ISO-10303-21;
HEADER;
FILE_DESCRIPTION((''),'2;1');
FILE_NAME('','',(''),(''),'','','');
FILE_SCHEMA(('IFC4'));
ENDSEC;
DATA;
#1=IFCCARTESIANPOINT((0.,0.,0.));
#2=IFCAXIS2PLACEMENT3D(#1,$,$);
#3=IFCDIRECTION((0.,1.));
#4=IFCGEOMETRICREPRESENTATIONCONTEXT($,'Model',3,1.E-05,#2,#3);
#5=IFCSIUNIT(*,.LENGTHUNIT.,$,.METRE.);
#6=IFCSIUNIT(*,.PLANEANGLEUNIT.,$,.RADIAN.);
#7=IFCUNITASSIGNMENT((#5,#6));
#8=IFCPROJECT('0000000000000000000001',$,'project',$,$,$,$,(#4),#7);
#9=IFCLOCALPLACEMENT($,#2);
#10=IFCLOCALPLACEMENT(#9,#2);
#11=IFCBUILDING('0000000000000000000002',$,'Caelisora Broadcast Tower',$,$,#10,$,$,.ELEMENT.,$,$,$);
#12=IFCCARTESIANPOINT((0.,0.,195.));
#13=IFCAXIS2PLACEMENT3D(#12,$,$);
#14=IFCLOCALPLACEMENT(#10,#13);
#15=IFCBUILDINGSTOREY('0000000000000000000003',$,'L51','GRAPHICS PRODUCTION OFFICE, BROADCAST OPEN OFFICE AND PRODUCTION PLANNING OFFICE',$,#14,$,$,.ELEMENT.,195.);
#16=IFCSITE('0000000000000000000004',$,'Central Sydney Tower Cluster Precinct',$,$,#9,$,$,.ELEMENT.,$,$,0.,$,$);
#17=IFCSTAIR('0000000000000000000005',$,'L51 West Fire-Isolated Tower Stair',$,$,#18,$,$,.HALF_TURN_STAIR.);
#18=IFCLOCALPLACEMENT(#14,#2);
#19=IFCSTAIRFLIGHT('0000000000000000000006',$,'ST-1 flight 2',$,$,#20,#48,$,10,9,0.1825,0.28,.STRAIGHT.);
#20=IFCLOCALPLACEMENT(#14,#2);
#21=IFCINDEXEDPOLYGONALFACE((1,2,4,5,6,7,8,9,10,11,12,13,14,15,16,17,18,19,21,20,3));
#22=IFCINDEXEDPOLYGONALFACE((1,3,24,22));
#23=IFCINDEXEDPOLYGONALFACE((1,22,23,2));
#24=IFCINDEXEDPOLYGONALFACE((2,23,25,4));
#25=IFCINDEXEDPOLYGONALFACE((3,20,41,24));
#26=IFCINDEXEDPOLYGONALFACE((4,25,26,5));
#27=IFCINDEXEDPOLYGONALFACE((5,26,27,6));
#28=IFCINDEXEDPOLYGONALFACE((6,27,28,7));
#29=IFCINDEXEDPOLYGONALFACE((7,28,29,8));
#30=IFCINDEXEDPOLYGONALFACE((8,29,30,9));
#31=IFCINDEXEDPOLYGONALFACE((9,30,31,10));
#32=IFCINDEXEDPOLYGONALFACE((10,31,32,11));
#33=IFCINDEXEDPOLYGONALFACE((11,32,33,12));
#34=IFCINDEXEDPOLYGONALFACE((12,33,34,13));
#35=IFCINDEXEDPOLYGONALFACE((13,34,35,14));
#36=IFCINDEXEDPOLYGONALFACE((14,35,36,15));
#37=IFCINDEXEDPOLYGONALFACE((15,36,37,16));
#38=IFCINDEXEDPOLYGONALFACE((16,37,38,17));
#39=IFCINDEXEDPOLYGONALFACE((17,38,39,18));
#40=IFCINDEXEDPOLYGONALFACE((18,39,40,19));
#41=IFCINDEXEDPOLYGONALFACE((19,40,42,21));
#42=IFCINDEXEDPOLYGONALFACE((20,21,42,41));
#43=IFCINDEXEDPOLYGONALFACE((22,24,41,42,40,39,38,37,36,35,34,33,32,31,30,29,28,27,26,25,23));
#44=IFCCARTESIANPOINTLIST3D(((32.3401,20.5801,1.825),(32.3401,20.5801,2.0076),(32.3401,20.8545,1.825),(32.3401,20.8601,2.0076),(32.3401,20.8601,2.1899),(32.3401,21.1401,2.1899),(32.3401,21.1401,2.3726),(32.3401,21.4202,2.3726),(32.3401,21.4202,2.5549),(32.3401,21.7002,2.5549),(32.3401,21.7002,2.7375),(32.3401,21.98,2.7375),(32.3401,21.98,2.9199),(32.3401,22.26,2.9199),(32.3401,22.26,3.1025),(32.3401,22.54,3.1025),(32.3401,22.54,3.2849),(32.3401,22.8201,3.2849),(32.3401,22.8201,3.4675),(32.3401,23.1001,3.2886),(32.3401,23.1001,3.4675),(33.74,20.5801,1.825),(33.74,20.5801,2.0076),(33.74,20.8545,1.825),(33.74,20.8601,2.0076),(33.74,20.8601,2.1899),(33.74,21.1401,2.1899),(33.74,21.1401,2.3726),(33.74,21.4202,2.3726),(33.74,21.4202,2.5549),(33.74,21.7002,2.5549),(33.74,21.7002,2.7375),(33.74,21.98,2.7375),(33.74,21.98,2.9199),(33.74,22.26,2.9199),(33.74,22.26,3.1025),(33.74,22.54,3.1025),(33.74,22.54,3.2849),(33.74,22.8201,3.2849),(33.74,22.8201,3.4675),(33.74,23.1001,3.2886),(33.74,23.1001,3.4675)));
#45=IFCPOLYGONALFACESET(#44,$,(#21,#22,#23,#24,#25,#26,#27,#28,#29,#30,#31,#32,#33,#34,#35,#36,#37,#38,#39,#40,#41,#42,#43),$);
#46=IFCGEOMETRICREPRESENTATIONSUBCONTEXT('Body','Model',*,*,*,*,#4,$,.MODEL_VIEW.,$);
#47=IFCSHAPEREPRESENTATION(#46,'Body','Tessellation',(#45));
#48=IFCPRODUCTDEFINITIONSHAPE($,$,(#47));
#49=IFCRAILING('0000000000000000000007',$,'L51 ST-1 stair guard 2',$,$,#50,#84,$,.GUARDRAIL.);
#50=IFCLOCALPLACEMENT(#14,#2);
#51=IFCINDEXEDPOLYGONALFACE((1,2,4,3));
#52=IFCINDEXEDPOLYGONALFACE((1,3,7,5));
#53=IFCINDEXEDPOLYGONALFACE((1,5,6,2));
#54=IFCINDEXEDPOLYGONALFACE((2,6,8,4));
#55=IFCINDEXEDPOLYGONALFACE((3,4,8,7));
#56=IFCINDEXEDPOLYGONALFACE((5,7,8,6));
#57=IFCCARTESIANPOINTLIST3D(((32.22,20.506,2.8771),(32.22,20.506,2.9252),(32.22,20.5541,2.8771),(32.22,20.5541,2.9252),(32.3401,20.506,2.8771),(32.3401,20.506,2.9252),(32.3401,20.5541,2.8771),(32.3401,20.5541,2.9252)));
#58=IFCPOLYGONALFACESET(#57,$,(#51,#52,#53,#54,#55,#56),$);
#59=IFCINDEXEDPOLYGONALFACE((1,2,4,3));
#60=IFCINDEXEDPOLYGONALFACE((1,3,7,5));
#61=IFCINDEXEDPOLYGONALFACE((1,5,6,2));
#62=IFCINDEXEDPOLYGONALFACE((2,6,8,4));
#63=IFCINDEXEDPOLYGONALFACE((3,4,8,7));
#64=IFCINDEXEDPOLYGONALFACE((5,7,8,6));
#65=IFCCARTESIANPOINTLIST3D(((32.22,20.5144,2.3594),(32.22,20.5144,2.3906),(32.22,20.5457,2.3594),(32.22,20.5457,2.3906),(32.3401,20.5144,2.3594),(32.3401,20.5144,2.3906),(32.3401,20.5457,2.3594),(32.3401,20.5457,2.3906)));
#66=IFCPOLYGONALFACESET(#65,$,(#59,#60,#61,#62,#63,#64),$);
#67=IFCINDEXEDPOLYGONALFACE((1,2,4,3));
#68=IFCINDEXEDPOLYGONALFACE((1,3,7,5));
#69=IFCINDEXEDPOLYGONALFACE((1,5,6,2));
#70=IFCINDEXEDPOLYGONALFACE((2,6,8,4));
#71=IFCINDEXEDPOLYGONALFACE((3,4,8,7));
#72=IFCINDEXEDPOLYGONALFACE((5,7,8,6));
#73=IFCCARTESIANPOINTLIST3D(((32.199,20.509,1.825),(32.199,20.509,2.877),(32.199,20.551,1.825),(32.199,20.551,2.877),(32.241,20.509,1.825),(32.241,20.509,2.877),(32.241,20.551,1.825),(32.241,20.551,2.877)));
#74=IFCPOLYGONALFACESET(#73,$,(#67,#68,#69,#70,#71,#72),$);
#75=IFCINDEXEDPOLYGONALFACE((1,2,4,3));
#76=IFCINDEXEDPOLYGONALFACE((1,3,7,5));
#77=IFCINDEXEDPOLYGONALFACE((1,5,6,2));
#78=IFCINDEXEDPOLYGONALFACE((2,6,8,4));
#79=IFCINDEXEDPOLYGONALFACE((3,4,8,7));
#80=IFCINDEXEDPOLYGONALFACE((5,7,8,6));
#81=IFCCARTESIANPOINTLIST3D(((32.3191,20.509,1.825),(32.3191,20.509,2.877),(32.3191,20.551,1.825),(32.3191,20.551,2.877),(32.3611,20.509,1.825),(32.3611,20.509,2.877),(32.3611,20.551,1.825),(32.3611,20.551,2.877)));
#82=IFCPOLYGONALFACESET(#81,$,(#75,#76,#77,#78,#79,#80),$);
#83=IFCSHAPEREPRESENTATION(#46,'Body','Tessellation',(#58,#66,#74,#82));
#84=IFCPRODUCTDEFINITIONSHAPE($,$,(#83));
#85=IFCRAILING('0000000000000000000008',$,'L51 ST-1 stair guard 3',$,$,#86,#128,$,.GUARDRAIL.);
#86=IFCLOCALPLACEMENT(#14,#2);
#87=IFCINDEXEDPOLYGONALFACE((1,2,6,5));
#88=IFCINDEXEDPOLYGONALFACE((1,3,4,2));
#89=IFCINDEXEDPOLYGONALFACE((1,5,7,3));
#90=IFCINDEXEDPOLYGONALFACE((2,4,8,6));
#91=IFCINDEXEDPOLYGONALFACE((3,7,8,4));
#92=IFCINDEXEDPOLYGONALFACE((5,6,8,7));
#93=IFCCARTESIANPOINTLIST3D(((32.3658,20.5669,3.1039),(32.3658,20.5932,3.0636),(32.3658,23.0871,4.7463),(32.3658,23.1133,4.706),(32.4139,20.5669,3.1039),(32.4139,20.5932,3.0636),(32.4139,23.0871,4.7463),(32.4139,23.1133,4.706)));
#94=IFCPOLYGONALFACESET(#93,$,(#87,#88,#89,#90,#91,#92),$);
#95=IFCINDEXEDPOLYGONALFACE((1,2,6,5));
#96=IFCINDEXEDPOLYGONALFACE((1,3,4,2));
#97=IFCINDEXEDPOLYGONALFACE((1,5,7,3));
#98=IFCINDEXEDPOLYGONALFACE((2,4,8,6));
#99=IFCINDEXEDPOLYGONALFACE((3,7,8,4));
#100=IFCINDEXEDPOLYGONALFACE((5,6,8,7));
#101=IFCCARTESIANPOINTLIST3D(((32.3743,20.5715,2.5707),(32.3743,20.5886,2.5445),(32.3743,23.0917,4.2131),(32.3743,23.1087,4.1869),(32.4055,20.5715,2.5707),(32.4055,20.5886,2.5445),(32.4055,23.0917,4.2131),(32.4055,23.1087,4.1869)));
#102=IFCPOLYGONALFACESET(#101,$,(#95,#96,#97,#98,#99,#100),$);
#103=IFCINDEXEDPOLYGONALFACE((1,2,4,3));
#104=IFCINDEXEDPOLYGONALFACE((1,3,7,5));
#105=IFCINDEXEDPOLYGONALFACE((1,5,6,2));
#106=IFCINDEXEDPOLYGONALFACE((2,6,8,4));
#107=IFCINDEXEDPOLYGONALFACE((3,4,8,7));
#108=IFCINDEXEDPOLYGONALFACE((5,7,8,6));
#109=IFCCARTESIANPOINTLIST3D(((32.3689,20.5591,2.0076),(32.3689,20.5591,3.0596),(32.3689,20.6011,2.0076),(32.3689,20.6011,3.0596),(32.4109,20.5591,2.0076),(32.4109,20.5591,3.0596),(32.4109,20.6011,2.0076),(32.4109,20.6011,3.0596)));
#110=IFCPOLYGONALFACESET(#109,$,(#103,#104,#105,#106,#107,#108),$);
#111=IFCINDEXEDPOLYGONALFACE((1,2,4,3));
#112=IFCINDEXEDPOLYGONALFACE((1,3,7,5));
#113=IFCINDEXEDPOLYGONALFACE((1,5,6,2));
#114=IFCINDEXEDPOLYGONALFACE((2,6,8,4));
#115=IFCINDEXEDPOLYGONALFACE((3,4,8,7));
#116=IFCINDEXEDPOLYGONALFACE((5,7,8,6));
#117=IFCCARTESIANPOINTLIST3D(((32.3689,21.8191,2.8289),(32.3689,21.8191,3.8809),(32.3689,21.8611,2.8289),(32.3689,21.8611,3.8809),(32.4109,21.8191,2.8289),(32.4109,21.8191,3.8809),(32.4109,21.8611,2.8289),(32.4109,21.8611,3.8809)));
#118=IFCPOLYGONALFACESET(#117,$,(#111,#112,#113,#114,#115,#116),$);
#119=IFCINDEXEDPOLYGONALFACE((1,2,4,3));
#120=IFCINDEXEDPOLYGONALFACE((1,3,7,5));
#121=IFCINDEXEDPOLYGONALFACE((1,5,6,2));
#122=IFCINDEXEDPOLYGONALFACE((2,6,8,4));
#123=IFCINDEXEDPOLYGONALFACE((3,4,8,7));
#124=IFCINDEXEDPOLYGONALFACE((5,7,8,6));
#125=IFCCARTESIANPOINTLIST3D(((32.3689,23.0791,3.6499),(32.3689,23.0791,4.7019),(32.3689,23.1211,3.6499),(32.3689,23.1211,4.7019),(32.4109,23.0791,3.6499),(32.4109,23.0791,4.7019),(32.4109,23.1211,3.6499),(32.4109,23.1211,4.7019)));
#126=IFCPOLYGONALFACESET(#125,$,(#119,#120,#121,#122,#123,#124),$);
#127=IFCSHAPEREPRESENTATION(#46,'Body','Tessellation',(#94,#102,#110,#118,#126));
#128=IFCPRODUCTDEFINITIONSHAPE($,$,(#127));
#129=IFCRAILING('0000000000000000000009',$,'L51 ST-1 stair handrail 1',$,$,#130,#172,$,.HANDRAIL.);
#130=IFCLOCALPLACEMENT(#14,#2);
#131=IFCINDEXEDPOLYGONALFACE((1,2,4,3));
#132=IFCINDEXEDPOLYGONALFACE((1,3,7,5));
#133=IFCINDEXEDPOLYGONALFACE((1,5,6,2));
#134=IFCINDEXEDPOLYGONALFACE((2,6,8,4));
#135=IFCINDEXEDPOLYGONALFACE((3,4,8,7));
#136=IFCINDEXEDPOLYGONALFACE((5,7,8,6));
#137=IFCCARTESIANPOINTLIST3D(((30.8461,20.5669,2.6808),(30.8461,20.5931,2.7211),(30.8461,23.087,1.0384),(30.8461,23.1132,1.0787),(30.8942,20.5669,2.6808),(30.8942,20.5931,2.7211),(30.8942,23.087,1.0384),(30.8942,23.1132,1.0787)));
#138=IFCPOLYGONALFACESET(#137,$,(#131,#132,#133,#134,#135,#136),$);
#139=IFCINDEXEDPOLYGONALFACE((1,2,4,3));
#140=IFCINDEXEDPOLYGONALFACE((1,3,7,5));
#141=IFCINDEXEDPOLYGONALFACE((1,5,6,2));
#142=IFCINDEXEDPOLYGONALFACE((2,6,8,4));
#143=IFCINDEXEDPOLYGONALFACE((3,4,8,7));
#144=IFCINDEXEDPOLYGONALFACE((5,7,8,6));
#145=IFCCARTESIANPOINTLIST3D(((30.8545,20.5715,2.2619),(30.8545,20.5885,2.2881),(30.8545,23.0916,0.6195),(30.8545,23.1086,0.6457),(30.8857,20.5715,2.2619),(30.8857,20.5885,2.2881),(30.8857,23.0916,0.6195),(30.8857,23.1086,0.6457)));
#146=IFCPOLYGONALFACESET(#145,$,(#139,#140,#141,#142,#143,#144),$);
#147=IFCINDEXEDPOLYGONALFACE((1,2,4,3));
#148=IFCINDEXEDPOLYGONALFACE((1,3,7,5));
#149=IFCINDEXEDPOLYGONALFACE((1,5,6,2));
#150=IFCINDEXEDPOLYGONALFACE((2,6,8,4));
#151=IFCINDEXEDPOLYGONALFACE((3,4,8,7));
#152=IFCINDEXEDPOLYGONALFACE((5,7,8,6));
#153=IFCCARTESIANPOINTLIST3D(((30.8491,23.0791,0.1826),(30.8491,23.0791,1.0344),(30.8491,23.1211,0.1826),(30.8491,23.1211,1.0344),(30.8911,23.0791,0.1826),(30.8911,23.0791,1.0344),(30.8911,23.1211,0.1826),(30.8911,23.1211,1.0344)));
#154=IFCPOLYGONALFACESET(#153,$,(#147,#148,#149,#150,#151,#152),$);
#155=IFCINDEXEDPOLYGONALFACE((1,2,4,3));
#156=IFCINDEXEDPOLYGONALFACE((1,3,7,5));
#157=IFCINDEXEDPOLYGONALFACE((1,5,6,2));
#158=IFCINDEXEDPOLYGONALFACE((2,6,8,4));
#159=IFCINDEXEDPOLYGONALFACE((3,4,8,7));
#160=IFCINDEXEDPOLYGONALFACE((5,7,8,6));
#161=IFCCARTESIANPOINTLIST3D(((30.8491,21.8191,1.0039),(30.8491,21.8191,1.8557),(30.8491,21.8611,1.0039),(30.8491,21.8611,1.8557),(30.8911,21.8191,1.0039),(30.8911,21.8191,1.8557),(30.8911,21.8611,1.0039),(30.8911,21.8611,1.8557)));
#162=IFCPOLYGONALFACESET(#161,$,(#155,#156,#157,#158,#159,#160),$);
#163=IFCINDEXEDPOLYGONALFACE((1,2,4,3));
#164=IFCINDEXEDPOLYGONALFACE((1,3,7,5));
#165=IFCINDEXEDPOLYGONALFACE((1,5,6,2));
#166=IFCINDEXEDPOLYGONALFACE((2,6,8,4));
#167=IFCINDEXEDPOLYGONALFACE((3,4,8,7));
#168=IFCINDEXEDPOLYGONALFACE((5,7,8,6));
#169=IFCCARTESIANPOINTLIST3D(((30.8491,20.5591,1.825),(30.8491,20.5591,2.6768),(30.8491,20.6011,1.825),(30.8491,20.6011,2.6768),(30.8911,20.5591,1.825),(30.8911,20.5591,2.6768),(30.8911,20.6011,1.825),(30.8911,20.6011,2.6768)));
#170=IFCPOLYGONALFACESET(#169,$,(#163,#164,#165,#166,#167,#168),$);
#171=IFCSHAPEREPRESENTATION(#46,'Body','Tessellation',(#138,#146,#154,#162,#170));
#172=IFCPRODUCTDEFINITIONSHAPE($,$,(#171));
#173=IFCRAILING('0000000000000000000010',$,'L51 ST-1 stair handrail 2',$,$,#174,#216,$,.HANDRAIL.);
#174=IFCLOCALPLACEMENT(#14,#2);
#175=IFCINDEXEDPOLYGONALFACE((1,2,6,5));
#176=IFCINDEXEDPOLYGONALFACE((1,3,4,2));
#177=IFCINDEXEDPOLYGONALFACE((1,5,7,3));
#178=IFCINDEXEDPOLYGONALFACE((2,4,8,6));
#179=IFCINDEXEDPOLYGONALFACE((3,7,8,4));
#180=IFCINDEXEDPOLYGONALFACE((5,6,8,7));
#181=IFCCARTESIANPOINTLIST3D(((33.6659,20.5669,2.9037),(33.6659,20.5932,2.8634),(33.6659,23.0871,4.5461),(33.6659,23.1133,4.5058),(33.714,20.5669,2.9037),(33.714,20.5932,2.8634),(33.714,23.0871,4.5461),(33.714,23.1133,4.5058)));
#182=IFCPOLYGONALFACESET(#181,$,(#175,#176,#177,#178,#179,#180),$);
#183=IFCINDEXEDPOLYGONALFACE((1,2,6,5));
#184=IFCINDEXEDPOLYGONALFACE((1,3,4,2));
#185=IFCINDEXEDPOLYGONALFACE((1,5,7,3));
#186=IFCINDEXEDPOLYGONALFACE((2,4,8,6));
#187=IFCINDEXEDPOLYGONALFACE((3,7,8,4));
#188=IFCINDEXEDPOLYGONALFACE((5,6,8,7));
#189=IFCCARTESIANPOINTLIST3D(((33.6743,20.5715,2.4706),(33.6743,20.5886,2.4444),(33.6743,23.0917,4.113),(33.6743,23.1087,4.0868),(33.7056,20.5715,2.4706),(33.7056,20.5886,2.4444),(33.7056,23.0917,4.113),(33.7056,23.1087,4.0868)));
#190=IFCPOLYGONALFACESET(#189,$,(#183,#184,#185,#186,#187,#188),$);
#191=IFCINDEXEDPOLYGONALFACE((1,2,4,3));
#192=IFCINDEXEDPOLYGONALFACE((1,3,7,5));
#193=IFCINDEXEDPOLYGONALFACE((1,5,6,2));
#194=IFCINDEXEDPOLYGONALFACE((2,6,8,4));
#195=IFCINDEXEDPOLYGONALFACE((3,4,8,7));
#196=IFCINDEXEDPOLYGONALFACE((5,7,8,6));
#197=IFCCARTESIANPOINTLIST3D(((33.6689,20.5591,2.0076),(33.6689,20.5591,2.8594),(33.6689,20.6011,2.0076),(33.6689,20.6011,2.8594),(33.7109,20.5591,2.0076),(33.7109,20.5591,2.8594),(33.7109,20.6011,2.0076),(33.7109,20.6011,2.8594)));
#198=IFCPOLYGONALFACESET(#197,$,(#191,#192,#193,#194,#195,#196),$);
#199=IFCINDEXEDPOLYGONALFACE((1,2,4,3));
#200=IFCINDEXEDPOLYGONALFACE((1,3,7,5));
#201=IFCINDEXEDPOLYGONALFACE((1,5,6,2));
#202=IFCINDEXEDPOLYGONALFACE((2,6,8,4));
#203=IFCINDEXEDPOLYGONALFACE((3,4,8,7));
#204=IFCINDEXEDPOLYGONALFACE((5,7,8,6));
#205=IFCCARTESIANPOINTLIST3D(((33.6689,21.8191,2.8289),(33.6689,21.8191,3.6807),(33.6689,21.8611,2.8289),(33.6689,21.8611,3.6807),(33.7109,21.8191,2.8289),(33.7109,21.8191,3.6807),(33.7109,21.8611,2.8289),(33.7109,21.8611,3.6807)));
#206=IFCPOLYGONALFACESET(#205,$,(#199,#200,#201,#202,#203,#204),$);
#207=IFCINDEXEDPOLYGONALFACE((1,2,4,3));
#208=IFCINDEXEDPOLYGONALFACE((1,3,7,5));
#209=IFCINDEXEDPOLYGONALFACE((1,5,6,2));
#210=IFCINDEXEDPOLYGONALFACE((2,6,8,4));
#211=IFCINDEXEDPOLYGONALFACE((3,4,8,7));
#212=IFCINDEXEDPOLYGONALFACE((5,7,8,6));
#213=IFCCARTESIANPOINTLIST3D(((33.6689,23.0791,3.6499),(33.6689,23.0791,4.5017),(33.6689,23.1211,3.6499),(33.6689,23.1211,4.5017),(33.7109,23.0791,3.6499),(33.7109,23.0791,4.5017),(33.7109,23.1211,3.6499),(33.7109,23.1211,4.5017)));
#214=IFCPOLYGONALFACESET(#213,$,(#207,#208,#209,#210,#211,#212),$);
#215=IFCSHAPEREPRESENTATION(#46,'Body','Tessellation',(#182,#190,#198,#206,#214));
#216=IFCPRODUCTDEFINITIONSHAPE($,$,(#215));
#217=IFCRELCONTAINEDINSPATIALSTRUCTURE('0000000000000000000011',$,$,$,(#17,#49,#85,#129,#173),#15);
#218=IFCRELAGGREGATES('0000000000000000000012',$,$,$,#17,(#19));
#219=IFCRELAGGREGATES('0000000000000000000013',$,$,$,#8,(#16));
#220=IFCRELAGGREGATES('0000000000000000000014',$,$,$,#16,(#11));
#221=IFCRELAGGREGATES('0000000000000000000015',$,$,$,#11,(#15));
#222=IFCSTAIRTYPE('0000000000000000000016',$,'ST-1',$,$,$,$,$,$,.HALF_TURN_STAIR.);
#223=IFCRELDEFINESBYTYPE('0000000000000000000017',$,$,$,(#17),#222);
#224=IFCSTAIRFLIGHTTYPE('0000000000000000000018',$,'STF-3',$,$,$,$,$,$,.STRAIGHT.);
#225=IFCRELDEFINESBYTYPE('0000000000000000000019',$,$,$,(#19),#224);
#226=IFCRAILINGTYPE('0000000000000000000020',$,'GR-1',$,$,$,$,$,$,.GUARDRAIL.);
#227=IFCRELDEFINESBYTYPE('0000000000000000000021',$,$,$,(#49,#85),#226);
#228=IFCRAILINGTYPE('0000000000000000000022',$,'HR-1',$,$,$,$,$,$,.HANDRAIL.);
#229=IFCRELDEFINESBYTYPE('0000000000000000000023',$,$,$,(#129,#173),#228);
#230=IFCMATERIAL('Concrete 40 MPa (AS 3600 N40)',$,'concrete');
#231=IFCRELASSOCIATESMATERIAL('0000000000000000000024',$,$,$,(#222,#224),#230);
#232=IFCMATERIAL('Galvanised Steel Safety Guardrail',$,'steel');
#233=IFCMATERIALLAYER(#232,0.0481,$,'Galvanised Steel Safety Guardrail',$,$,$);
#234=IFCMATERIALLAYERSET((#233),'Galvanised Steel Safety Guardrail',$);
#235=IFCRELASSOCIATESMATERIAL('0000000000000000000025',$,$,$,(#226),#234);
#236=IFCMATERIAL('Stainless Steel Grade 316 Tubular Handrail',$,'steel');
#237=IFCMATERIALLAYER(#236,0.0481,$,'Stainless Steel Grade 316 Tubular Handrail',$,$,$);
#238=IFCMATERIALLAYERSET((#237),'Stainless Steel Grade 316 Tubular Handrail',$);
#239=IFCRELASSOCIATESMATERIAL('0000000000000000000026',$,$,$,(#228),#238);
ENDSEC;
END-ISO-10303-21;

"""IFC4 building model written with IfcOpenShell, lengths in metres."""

from ifc_helpers import new_model, si_unit, direction, frame, origin, origin_2d, place, context, subcontext, project, spatial, polyline, rectangle, outline, extrude, material, layer, layer_set, type_object, element, aggregate, save


model = new_model("IFC4")

# Units and contexts
model_context = context("Model", 3, precision=1e-05, world=origin(), true_north=direction((0.0, 1.0)))
body_context = subcontext(model_context, "Body", "Model", "MODEL_VIEW")
ifc_project = project(units=[si_unit("LENGTHUNIT", "METRE"), si_unit("PLANEANGLEUNIT", "RADIAN")], contexts=[model_context])

# Site, building, storey
site_placement = place(None, origin())
site = spatial("IfcSite", under=ifc_project, at=site_placement, Name="Central Sydney Tower Cluster Precinct", CompositionType="ELEMENT", RefElevation=0.0)
building_placement = place(site_placement, origin())
building = spatial("IfcBuilding", under=site, at=building_placement, Name="Caelisora Broadcast Tower", CompositionType="ELEMENT")
storey_placement = place(building_placement, frame((0.0, 0.0, 195.0)))
storey = spatial("IfcBuildingStorey", under=building, at=storey_placement, Name="L51", Description="GRAPHICS PRODUCTION OFFICE, BROADCAST OPEN OFFICE AND PRODUCTION PLANNING OFFICE", CompositionType="ELEMENT", Elevation=195.0)

# Stair, stair flight
ifc_material_1 = material(Name="Concrete 40 MPa (AS 3600 N40)", Category="concrete")
stair_type = type_object("IfcStairType", Name="ST-1", PredefinedType="HALF_TURN_STAIR", material=ifc_material_1)
stair_placement = place(storey_placement, origin())
stair = element("IfcStair", 1, at=stair_placement, inside=storey, type_object=stair_type, Name="L51 West Fire-Isolated Tower Stair", PredefinedType="HALF_TURN_STAIR")
stair_flight_type = type_object("IfcStairFlightType", Name="STF-3", PredefinedType="STRAIGHT", material=ifc_material_1)
stair_flight_1_placement = place(storey_placement, frame((33.04, 20.5801, 1.825), z_axis=(0.0, 0.0, 1.0), x_axis=(0.0, 1.0, 0.0)))
stair_flight_1 = element("IfcStairFlight", 2, at=stair_flight_1_placement, type_object=stair_flight_type, Name="ST-1 flight 2", NumberOfRisers=10, NumberOfTreads=9, PredefinedType="STRAIGHT", RiserHeight=0.1825, TreadLength=0.28, context=body_context, shape_type="SweptSolid", body=[
    extrude(outline(polyline([(0.0, 0.0), (0.0, 0.1826), (0.28, 0.1826), (0.28, 0.365), (0.5601, 0.365), (0.5601, 0.5476), (0.8401, 0.5476), (0.8401, 0.73), (1.1201, 0.73), (1.1201, 0.9126), (1.3999, 0.9126), (1.3999, 1.095), (1.6799, 1.095), (1.6799, 1.2776), (1.96, 1.2776), (1.96, 1.46), (2.24, 1.46), (2.24, 1.6426), (2.52, 1.6426), (2.52, 1.825), (2.52, 1.4636), (0.2744, 0.0), (0.0, 0.0)])), frame((0.0, 0.7, 0.0), z_axis=(0.0, -1.0, 0.0), x_axis=(1.0, 0.0, 0.0)), (0.0, 0.0, 1.0), 1.3999),
])
aggregate(stair, [stair_flight_1])

# Railings
ifc_material_2 = material(Name="Galvanised Steel Safety Guardrail", Category="steel")
ifc_layer_1 = layer(ifc_material_2, 0.0481, Name="Galvanised Steel Safety Guardrail")
ifc_layer_set_1 = layer_set([ifc_layer_1], Name="Galvanised Steel Safety Guardrail")
railing_type_1 = type_object("IfcRailingType", Name="GR-1", PredefinedType="GUARDRAIL", material=ifc_layer_set_1)
railing_1_placement = place(storey_placement, frame((32.22, 20.53, 1.825)))
element("IfcRailing", 3, at=railing_1_placement, inside=storey, type_object=railing_type_1, Name="L51 ST-1 stair guard 2", PredefinedType="GUARDRAIL", context=body_context, shape_type="SweptSolid", body=[
    extrude(rectangle(XDim=0.0481, YDim=0.0481, at=origin_2d()), frame((0.0, 0.0, 1.0762), z_axis=(1.0, 0.0, 0.0), x_axis=(0.0, 1.0, 0.0)), (0.0, 0.0, 1.0), 0.1201),
    extrude(rectangle(XDim=0.0312, YDim=0.0312, at=origin_2d()), frame((0.0, 0.0, 0.55), z_axis=(1.0, 0.0, 0.0), x_axis=(0.0, 1.0, 0.0)), (0.0, 0.0, 1.0), 0.1201),
    extrude(rectangle(XDim=0.042, YDim=0.042, at=origin_2d()), origin(), (0.0, 0.0, 1.0), 1.052),
    extrude(rectangle(XDim=0.042, YDim=0.042, at=origin_2d()), frame((0.1201, 0.0, 0.0)), (0.0, 0.0, 1.0), 1.052),
])
railing_2_placement = place(storey_placement, frame((32.3899, 20.5801, 2.0076)))
element("IfcRailing", 4, at=railing_2_placement, inside=storey, type_object=railing_type_1, Name="L51 ST-1 stair guard 3", PredefinedType="GUARDRAIL", context=body_context, shape_type="SweptSolid", body=[
    extrude(rectangle(XDim=0.0481, YDim=0.0481, at=origin_2d()), frame((0.0, 0.0, 1.0762), z_axis=(0.0, 0.837787, 0.545998), x_axis=(-1.0, 0.0, 0.0)), (0.0, 0.0, 1.0), 3.0081),
    extrude(rectangle(XDim=0.0312, YDim=0.0312, at=origin_2d()), frame((0.0, 0.0, 0.55), z_axis=(0.0, 0.837787, 0.545998), x_axis=(-1.0, 0.0, 0.0)), (0.0, 0.0, 1.0), 3.0081),
    extrude(rectangle(XDim=0.042, YDim=0.042, at=origin_2d()), origin(), (0.0, 0.0, 1.0), 1.052),
    extrude(rectangle(XDim=0.042, YDim=0.042, at=origin_2d()), frame((0.0, 1.26, 0.8213)), (0.0, 0.0, 1.0), 1.052),
    extrude(rectangle(XDim=0.042, YDim=0.042, at=origin_2d()), frame((0.0, 2.52, 1.6423)), (0.0, 0.0, 1.0), 1.052),
])
ifc_material_3 = material(Name="Stainless Steel Grade 316 Tubular Handrail", Category="steel")
ifc_layer_2 = layer(ifc_material_3, 0.0481, Name="Stainless Steel Grade 316 Tubular Handrail")
ifc_layer_set_2 = layer_set([ifc_layer_2], Name="Stainless Steel Grade 316 Tubular Handrail")
railing_type_2 = type_object("IfcRailingType", Name="HR-1", PredefinedType="HANDRAIL", material=ifc_layer_set_2)
railing_3_placement = place(storey_placement, frame((30.8701, 23.1001, 0.1826)))
element("IfcRailing", 5, at=railing_3_placement, inside=storey, type_object=railing_type_2, Name="L51 ST-1 stair handrail 1", PredefinedType="HANDRAIL", context=body_context, shape_type="SweptSolid", body=[
    extrude(rectangle(XDim=0.0481, YDim=0.0481, at=origin_2d()), frame((0.0, 0.0, 0.876), z_axis=(0.0, -0.837787, 0.545998), x_axis=(1.0, 0.0, 0.0)), (0.0, 0.0, 1.0), 3.0081),
    extrude(rectangle(XDim=0.0312, YDim=0.0312, at=origin_2d()), frame((0.0, 0.0, 0.45), z_axis=(0.0, -0.837787, 0.545998), x_axis=(1.0, 0.0, 0.0)), (0.0, 0.0, 1.0), 3.0081),
    extrude(rectangle(XDim=0.042, YDim=0.042, at=origin_2d()), origin(), (0.0, 0.0, 1.0), 0.8518),
    extrude(rectangle(XDim=0.042, YDim=0.042, at=origin_2d()), frame((0.0, -1.26, 0.8213)), (0.0, 0.0, 1.0), 0.8518),
    extrude(rectangle(XDim=0.042, YDim=0.042, at=origin_2d()), frame((0.0, -2.52, 1.6423)), (0.0, 0.0, 1.0), 0.8518),
])
railing_4_placement = place(storey_placement, frame((33.6899, 20.5801, 2.0076)))
element("IfcRailing", 6, at=railing_4_placement, inside=storey, type_object=railing_type_2, Name="L51 ST-1 stair handrail 2", PredefinedType="HANDRAIL", context=body_context, shape_type="SweptSolid", body=[
    extrude(rectangle(XDim=0.0481, YDim=0.0481, at=origin_2d()), frame((0.0, 0.0, 0.876), z_axis=(0.0, 0.837787, 0.545998), x_axis=(-1.0, 0.0, 0.0)), (0.0, 0.0, 1.0), 3.0081),
    extrude(rectangle(XDim=0.0312, YDim=0.0312, at=origin_2d()), frame((0.0, 0.0, 0.45), z_axis=(0.0, 0.837787, 0.545998), x_axis=(-1.0, 0.0, 0.0)), (0.0, 0.0, 1.0), 3.0081),
    extrude(rectangle(XDim=0.042, YDim=0.042, at=origin_2d()), origin(), (0.0, 0.0, 1.0), 0.8518),
    extrude(rectangle(XDim=0.042, YDim=0.042, at=origin_2d()), frame((0.0, 1.26, 0.8213)), (0.0, 0.0, 1.0), 0.8518),
    extrude(rectangle(XDim=0.042, YDim=0.042, at=origin_2d()), frame((0.0, 2.52, 1.6423)), (0.0, 0.0, 1.0), 0.8518),
])

save(model, "model.ifc")
